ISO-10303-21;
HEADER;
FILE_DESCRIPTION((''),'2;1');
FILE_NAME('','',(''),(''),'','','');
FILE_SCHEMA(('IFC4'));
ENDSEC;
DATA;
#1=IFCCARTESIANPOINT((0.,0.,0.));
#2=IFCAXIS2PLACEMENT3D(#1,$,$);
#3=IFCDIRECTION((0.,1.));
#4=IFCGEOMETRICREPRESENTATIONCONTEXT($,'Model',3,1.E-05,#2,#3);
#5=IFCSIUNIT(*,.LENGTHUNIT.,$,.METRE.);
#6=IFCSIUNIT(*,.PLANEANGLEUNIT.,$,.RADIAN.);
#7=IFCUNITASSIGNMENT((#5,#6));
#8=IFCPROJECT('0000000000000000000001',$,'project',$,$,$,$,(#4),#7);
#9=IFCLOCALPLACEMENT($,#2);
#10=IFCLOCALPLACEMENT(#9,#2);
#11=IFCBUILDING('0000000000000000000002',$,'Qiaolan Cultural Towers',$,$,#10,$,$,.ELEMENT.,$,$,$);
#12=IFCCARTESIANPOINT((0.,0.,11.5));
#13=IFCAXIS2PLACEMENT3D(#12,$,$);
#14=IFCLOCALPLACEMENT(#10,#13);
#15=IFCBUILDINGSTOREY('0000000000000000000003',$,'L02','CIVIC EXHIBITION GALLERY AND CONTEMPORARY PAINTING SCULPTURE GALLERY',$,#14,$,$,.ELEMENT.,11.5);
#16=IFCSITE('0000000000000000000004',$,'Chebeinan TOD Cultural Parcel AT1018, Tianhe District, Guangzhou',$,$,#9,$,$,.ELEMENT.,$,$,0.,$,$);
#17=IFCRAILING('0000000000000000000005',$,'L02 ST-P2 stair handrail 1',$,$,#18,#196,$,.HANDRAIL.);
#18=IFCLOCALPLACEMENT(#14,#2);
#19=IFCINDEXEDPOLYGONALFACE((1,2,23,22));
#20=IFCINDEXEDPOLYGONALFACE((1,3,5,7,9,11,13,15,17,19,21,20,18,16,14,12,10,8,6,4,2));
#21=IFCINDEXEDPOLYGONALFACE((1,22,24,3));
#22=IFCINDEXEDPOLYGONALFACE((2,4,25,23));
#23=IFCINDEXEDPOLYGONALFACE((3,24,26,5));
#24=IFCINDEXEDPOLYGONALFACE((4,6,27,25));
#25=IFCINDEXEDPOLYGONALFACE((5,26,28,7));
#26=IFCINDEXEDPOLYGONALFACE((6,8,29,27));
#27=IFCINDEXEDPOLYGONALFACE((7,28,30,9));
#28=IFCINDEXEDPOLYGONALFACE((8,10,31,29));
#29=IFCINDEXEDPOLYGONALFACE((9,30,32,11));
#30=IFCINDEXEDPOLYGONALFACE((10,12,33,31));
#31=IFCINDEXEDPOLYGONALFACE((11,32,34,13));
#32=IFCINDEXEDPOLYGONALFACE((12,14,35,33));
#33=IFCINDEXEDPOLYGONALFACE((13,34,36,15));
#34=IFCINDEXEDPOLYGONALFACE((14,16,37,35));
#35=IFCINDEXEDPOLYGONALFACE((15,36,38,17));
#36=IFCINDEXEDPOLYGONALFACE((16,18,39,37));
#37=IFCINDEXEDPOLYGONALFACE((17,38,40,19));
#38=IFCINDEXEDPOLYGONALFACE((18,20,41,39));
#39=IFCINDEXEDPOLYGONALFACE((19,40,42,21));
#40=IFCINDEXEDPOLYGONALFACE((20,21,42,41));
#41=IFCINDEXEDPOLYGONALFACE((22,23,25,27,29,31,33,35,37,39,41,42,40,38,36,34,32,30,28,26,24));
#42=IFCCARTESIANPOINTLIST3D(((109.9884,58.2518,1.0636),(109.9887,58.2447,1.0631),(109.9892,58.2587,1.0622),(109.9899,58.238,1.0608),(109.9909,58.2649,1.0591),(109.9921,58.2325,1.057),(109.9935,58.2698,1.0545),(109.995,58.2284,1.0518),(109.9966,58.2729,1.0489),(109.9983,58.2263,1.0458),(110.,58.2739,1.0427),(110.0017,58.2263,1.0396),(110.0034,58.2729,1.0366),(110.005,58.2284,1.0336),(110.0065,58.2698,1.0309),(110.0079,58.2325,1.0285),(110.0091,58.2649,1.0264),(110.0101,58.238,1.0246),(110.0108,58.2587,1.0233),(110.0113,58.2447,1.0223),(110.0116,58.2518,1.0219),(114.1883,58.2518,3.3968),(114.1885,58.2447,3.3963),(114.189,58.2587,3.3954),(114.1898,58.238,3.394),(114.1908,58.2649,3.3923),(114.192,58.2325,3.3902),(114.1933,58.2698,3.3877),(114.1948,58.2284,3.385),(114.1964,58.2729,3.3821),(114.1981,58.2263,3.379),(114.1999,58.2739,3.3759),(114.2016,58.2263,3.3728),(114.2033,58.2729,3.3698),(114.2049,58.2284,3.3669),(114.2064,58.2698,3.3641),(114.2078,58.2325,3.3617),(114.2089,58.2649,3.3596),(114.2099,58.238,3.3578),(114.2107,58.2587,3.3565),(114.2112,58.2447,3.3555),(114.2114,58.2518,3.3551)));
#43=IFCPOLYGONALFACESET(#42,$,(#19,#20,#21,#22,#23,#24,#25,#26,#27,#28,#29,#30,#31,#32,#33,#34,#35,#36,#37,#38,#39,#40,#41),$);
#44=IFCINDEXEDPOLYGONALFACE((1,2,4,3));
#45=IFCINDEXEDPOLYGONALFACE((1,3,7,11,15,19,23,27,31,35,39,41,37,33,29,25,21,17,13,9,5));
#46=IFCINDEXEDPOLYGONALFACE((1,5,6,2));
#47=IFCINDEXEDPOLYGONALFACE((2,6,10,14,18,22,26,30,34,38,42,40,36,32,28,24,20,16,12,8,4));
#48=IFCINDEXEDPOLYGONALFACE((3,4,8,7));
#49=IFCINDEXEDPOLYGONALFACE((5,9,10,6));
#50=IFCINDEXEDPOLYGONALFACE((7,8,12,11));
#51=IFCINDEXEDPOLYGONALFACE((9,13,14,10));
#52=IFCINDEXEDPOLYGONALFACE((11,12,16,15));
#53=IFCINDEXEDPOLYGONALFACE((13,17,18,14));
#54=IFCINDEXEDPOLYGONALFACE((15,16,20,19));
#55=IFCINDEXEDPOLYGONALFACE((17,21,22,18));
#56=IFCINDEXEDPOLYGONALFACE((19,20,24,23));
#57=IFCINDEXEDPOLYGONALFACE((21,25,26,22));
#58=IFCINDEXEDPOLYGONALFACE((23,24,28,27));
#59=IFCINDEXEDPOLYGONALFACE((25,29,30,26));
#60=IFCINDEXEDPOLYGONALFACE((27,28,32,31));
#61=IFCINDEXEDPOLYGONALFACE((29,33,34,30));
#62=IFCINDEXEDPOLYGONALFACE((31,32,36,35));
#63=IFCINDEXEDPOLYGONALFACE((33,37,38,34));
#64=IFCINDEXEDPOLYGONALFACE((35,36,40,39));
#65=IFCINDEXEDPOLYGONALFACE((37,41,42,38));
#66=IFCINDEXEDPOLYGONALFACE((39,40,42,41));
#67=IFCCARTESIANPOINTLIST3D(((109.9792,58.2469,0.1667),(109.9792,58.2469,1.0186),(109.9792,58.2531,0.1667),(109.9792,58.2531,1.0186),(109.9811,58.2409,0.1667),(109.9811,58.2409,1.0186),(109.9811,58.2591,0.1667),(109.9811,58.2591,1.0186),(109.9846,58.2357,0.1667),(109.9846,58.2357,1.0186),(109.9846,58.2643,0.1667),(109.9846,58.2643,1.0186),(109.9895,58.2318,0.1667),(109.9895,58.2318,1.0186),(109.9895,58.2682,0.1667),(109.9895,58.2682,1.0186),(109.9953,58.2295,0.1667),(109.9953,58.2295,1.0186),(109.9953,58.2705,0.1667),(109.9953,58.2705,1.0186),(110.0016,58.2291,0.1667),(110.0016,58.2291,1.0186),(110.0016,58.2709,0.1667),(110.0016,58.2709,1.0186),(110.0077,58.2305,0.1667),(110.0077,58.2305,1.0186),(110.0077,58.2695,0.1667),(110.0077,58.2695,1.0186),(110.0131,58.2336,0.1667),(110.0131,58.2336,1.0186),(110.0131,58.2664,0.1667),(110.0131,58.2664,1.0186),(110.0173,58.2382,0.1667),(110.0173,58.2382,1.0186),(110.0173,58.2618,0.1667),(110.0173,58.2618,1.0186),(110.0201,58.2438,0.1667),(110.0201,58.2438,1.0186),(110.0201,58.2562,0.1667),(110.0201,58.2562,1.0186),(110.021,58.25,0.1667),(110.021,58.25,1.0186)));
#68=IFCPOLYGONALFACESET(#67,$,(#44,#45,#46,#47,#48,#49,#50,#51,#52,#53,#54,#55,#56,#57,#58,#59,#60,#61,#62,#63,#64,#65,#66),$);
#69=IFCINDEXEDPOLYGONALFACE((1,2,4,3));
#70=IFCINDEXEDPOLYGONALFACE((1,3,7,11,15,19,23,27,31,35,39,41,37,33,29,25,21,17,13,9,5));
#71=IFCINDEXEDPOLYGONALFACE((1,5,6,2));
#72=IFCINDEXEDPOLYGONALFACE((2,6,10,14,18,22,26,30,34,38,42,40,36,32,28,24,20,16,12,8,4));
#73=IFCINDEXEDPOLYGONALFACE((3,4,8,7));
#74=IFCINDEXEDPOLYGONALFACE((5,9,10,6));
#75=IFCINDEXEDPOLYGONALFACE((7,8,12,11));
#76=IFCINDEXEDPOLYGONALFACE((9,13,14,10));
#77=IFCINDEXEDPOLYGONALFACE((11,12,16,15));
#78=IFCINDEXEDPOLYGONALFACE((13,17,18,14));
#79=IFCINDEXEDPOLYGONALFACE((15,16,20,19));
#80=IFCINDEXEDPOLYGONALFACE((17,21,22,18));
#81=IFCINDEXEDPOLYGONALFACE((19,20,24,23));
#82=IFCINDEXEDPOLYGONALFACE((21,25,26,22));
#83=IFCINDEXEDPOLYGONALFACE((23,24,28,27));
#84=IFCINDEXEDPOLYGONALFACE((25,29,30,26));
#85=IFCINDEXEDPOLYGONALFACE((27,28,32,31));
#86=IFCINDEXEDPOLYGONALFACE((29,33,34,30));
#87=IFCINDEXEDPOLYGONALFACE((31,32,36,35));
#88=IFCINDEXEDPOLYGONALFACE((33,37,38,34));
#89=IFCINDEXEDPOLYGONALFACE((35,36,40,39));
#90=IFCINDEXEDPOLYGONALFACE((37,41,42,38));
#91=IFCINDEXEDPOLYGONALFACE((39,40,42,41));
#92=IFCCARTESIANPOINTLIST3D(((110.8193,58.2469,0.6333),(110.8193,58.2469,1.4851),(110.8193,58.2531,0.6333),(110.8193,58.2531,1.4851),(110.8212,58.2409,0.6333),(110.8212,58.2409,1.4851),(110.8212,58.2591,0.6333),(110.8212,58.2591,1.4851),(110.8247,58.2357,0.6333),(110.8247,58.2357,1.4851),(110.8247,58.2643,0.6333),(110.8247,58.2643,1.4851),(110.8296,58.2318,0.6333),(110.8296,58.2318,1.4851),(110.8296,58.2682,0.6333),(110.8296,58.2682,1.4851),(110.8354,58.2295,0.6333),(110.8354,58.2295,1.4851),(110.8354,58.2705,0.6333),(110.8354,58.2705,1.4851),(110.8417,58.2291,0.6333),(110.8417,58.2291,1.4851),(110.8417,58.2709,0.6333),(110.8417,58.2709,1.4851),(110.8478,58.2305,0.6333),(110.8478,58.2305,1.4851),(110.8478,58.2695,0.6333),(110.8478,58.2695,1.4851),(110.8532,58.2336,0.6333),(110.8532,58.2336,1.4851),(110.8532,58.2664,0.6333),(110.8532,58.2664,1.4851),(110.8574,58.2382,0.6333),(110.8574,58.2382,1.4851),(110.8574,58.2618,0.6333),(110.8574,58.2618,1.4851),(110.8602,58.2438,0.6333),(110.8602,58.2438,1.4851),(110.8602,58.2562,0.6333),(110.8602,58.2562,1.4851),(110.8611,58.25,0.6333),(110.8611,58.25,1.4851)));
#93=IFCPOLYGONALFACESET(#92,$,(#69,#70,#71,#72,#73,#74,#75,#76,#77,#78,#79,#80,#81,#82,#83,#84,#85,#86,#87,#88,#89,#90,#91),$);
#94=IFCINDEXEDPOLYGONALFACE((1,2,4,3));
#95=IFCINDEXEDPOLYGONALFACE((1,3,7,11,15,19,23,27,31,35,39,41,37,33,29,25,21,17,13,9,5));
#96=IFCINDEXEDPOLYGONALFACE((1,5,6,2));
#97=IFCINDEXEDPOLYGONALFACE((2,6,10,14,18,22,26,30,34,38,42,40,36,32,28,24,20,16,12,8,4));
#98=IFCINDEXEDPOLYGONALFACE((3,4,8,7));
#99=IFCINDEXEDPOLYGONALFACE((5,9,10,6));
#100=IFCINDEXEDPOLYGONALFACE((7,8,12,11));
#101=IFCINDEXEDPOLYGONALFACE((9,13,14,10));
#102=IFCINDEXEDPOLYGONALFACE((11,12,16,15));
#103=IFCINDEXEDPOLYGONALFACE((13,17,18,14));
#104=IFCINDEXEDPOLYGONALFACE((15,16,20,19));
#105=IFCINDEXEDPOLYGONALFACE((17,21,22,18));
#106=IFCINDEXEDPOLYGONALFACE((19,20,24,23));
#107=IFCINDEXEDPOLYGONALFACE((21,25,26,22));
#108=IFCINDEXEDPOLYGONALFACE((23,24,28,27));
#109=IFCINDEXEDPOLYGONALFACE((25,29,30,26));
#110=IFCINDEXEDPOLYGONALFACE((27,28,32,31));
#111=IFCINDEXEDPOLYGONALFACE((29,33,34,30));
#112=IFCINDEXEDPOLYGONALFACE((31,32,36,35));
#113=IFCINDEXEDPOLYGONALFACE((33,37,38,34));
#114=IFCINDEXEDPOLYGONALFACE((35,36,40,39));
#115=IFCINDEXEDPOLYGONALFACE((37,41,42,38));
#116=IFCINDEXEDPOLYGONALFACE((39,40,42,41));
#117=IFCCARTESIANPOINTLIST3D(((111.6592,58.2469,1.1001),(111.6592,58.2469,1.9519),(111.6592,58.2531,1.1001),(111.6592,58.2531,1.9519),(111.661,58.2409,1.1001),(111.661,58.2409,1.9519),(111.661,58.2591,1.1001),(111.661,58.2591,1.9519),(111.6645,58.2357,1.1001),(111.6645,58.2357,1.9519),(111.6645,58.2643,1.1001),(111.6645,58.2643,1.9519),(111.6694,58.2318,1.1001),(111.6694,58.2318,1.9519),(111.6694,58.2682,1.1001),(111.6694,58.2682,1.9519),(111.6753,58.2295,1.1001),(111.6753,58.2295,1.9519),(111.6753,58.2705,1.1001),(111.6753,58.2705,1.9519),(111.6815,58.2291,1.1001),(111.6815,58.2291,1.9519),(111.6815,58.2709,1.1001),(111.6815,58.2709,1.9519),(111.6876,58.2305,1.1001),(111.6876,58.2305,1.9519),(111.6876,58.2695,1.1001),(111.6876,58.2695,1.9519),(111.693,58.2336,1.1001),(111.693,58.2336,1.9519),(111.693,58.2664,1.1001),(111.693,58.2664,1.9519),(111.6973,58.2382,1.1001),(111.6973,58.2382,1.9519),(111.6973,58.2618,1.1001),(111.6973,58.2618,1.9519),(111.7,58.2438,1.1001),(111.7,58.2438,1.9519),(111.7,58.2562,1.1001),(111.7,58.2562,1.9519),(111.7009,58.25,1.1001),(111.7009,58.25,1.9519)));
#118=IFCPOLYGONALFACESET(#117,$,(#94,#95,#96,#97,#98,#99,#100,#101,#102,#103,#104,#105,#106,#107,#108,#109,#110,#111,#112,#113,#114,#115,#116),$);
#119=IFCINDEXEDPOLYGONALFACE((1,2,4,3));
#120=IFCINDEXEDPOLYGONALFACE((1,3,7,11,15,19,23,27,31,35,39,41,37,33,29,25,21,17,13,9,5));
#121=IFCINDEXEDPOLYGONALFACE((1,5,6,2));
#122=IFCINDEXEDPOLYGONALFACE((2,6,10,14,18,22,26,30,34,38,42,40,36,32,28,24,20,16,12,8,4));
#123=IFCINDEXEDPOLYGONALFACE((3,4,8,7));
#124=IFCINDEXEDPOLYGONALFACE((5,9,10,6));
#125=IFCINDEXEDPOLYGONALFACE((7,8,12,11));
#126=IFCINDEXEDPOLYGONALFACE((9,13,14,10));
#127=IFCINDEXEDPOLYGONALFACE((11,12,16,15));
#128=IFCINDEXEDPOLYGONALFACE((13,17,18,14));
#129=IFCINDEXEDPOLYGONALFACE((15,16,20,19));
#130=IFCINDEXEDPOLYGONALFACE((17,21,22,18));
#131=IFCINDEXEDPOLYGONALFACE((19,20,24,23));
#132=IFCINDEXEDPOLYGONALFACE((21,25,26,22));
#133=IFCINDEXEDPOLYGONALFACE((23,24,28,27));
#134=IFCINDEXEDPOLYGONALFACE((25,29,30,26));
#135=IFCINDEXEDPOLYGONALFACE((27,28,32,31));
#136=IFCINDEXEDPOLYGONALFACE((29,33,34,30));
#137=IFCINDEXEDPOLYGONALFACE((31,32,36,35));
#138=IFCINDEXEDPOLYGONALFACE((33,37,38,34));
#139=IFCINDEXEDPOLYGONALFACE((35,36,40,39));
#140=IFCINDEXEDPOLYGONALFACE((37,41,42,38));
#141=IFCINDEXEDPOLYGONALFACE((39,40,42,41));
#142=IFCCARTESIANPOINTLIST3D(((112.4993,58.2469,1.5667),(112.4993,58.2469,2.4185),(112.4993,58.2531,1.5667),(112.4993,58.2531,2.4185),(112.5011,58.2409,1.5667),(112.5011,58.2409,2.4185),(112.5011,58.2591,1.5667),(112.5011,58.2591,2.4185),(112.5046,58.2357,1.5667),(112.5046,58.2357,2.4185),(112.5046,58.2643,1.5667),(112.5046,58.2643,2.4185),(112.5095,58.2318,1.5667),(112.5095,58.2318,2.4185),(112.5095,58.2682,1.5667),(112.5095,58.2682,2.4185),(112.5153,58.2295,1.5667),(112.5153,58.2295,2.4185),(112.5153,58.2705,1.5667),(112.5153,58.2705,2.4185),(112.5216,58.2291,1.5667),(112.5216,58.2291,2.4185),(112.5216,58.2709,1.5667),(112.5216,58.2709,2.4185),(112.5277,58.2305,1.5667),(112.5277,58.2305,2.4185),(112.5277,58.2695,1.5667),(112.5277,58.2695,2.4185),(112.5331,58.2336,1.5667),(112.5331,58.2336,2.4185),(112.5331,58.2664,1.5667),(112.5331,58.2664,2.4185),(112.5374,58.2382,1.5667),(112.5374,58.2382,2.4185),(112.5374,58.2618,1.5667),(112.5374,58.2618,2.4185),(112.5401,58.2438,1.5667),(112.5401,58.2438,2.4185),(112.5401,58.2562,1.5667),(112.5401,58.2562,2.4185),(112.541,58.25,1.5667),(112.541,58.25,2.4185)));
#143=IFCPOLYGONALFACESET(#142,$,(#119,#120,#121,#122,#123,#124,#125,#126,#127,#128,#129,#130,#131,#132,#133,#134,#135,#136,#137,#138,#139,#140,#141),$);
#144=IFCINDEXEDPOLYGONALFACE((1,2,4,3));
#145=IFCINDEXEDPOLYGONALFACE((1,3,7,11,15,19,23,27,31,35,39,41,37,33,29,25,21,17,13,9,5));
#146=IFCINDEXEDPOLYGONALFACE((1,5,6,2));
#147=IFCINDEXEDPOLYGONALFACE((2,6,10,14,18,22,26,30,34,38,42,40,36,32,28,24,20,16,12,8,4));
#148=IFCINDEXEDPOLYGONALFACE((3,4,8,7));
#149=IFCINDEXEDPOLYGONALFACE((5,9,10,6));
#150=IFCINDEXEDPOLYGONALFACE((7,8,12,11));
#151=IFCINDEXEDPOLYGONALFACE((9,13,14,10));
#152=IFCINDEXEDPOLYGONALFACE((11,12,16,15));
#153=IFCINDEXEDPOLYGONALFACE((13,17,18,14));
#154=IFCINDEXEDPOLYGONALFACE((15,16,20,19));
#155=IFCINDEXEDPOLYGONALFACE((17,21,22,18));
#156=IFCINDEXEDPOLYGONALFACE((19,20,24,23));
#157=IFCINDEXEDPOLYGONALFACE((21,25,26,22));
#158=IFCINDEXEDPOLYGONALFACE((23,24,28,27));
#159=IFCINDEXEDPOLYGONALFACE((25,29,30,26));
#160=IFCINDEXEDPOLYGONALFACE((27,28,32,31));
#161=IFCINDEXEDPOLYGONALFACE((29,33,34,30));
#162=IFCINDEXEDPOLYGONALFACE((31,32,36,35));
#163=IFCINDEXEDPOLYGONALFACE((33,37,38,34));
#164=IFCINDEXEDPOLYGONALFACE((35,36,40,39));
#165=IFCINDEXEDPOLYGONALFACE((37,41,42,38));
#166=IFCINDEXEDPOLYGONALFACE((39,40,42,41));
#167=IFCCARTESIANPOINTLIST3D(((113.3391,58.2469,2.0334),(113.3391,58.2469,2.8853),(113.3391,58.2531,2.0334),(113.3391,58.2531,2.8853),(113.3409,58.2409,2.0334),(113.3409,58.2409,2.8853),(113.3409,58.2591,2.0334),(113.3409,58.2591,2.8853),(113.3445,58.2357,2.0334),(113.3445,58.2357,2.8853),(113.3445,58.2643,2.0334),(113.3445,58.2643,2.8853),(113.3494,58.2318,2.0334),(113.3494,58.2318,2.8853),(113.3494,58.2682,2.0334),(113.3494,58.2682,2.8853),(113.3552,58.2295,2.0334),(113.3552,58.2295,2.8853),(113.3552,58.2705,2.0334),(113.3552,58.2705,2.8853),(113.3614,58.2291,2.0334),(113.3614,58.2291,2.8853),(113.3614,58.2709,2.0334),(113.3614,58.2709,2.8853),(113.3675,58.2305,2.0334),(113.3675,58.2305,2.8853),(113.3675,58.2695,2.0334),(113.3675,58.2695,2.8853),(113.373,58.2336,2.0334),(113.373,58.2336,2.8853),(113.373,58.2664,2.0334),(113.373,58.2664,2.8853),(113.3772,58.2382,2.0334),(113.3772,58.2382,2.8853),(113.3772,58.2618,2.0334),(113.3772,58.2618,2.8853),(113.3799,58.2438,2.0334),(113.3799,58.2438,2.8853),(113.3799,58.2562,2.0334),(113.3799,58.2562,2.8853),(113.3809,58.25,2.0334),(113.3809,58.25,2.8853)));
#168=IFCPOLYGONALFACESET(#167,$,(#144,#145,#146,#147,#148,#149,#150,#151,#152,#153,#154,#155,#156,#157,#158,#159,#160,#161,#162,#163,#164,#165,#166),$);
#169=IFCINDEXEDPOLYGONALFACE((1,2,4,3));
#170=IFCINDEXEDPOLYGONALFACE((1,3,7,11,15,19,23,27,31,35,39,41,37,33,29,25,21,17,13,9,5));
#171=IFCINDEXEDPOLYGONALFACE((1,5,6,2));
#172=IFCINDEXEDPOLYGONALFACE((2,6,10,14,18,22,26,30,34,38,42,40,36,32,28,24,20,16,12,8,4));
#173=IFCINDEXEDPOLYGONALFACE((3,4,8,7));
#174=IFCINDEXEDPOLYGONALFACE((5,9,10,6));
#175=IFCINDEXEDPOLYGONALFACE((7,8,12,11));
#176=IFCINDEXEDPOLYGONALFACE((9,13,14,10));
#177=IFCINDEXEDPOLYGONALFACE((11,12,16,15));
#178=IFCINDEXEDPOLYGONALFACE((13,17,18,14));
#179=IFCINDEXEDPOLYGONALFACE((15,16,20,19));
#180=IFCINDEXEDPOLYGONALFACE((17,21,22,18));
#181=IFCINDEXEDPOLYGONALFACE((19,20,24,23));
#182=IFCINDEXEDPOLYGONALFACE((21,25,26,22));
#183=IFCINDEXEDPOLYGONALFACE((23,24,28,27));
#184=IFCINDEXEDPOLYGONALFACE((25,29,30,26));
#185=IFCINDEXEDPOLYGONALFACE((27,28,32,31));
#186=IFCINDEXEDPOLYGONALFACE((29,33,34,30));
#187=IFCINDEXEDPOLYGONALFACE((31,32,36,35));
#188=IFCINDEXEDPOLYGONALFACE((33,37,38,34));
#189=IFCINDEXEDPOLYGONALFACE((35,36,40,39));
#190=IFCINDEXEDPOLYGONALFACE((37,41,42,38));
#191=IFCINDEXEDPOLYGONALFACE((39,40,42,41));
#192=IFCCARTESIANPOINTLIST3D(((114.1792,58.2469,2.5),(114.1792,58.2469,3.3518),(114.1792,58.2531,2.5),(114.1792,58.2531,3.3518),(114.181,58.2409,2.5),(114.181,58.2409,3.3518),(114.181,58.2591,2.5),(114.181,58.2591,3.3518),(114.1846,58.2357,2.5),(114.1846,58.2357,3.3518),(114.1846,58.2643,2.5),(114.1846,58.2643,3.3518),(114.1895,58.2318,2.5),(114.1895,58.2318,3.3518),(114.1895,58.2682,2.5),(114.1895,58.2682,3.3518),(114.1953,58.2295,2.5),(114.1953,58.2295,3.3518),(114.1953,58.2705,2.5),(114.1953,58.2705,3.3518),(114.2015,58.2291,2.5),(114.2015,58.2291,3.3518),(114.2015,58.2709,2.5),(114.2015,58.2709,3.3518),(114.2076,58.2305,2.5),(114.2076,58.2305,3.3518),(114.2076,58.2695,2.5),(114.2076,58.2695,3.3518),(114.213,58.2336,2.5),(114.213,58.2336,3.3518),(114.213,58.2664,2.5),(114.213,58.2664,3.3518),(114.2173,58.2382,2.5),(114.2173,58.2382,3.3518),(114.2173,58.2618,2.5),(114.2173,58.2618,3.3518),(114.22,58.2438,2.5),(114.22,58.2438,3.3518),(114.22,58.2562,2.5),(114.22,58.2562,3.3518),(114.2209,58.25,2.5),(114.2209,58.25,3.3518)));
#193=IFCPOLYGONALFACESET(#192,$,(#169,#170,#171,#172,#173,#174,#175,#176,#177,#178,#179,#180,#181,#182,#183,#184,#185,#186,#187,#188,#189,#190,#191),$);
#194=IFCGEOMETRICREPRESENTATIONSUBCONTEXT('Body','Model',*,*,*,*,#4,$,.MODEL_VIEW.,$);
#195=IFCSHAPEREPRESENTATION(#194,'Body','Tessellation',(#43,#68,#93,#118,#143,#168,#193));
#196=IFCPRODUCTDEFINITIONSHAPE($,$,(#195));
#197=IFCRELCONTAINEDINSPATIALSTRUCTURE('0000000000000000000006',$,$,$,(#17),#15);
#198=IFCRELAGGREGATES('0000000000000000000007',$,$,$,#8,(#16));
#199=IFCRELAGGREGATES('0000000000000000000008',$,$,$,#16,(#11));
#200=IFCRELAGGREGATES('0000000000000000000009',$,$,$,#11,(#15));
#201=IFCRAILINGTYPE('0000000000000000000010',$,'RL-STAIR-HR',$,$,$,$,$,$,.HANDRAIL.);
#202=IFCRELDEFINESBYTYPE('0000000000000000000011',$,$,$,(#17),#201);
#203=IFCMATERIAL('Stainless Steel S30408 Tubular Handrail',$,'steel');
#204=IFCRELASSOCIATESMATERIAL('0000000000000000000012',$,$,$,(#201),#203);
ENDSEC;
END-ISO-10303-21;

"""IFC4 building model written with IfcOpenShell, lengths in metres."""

from ifc_helpers import new_model, si_unit, direction, frame, origin, origin_2d, place, context, subcontext, project, spatial, circle, extrude, material, type_object, element, save


model = new_model("IFC4")

# Units and contexts
model_context = context("Model", 3, precision=1e-05, world=origin(), true_north=direction((0.0, 1.0)))
body_context = subcontext(model_context, "Body", "Model", "MODEL_VIEW")
ifc_project = project(units=[si_unit("LENGTHUNIT", "METRE"), si_unit("PLANEANGLEUNIT", "RADIAN")], contexts=[model_context])

# Site, building, storey
site_placement = place(None, origin())
site = spatial("IfcSite", under=ifc_project, at=site_placement, Name="Chebeinan TOD Cultural Parcel AT1018, Tianhe District, Guangzhou", CompositionType="ELEMENT", RefElevation=0.0)
building_placement = place(site_placement, origin())
building = spatial("IfcBuilding", under=site, at=building_placement, Name="Qiaolan Cultural Towers", CompositionType="ELEMENT")
storey_placement = place(building_placement, frame((0.0, 0.0, 11.5)))
storey = spatial("IfcBuildingStorey", under=building, at=storey_placement, Name="L02", Description="CIVIC EXHIBITION GALLERY AND CONTEMPORARY PAINTING SCULPTURE GALLERY", CompositionType="ELEMENT", Elevation=11.5)

# Railing
ifc_material_1 = material(Name="Stainless Steel S30408 Tubular Handrail", Category="steel")
railing_type_1 = type_object("IfcRailingType", Name="RL-STAIR-HR", PredefinedType="HANDRAIL", material=ifc_material_1)
railing_1_placement = place(storey_placement, frame((110.0, 58.25, 0.1667)))
element("IfcRailing", 1, at=railing_1_placement, inside=storey, type_object=railing_type_1, Name="L02 ST-P2 stair handrail 1", PredefinedType="HANDRAIL", context=body_context, shape_type="SweptSolid", body=[
    extrude(circle(Radius=0.0239, at=origin_2d()), frame((0.0, 0.0, 0.876), z_axis=(0.874162, 0.0, 0.485634), x_axis=(0.0, 1.0, 0.0)), (0.0, 0.0, 1.0), 4.8044),
    extrude(circle(Radius=0.021, at=origin_2d()), origin(), (0.0, 0.0, 1.0), 0.8518),
    extrude(circle(Radius=0.021, at=origin_2d()), frame((0.8401, 0.0, 0.4666)), (0.0, 0.0, 1.0), 0.8518),
    extrude(circle(Radius=0.021, at=origin_2d()), frame((1.6799, 0.0, 0.9333)), (0.0, 0.0, 1.0), 0.8518),
    extrude(circle(Radius=0.021, at=origin_2d()), frame((2.52, 0.0, 1.3999)), (0.0, 0.0, 1.0), 0.8518),
    extrude(circle(Radius=0.021, at=origin_2d()), frame((3.3599, 0.0, 1.8667)), (0.0, 0.0, 1.0), 0.8518),
    extrude(circle(Radius=0.021, at=origin_2d()), frame((4.2, 0.0, 2.3333)), (0.0, 0.0, 1.0), 0.8518),
])

save(model, "model.ifc")
